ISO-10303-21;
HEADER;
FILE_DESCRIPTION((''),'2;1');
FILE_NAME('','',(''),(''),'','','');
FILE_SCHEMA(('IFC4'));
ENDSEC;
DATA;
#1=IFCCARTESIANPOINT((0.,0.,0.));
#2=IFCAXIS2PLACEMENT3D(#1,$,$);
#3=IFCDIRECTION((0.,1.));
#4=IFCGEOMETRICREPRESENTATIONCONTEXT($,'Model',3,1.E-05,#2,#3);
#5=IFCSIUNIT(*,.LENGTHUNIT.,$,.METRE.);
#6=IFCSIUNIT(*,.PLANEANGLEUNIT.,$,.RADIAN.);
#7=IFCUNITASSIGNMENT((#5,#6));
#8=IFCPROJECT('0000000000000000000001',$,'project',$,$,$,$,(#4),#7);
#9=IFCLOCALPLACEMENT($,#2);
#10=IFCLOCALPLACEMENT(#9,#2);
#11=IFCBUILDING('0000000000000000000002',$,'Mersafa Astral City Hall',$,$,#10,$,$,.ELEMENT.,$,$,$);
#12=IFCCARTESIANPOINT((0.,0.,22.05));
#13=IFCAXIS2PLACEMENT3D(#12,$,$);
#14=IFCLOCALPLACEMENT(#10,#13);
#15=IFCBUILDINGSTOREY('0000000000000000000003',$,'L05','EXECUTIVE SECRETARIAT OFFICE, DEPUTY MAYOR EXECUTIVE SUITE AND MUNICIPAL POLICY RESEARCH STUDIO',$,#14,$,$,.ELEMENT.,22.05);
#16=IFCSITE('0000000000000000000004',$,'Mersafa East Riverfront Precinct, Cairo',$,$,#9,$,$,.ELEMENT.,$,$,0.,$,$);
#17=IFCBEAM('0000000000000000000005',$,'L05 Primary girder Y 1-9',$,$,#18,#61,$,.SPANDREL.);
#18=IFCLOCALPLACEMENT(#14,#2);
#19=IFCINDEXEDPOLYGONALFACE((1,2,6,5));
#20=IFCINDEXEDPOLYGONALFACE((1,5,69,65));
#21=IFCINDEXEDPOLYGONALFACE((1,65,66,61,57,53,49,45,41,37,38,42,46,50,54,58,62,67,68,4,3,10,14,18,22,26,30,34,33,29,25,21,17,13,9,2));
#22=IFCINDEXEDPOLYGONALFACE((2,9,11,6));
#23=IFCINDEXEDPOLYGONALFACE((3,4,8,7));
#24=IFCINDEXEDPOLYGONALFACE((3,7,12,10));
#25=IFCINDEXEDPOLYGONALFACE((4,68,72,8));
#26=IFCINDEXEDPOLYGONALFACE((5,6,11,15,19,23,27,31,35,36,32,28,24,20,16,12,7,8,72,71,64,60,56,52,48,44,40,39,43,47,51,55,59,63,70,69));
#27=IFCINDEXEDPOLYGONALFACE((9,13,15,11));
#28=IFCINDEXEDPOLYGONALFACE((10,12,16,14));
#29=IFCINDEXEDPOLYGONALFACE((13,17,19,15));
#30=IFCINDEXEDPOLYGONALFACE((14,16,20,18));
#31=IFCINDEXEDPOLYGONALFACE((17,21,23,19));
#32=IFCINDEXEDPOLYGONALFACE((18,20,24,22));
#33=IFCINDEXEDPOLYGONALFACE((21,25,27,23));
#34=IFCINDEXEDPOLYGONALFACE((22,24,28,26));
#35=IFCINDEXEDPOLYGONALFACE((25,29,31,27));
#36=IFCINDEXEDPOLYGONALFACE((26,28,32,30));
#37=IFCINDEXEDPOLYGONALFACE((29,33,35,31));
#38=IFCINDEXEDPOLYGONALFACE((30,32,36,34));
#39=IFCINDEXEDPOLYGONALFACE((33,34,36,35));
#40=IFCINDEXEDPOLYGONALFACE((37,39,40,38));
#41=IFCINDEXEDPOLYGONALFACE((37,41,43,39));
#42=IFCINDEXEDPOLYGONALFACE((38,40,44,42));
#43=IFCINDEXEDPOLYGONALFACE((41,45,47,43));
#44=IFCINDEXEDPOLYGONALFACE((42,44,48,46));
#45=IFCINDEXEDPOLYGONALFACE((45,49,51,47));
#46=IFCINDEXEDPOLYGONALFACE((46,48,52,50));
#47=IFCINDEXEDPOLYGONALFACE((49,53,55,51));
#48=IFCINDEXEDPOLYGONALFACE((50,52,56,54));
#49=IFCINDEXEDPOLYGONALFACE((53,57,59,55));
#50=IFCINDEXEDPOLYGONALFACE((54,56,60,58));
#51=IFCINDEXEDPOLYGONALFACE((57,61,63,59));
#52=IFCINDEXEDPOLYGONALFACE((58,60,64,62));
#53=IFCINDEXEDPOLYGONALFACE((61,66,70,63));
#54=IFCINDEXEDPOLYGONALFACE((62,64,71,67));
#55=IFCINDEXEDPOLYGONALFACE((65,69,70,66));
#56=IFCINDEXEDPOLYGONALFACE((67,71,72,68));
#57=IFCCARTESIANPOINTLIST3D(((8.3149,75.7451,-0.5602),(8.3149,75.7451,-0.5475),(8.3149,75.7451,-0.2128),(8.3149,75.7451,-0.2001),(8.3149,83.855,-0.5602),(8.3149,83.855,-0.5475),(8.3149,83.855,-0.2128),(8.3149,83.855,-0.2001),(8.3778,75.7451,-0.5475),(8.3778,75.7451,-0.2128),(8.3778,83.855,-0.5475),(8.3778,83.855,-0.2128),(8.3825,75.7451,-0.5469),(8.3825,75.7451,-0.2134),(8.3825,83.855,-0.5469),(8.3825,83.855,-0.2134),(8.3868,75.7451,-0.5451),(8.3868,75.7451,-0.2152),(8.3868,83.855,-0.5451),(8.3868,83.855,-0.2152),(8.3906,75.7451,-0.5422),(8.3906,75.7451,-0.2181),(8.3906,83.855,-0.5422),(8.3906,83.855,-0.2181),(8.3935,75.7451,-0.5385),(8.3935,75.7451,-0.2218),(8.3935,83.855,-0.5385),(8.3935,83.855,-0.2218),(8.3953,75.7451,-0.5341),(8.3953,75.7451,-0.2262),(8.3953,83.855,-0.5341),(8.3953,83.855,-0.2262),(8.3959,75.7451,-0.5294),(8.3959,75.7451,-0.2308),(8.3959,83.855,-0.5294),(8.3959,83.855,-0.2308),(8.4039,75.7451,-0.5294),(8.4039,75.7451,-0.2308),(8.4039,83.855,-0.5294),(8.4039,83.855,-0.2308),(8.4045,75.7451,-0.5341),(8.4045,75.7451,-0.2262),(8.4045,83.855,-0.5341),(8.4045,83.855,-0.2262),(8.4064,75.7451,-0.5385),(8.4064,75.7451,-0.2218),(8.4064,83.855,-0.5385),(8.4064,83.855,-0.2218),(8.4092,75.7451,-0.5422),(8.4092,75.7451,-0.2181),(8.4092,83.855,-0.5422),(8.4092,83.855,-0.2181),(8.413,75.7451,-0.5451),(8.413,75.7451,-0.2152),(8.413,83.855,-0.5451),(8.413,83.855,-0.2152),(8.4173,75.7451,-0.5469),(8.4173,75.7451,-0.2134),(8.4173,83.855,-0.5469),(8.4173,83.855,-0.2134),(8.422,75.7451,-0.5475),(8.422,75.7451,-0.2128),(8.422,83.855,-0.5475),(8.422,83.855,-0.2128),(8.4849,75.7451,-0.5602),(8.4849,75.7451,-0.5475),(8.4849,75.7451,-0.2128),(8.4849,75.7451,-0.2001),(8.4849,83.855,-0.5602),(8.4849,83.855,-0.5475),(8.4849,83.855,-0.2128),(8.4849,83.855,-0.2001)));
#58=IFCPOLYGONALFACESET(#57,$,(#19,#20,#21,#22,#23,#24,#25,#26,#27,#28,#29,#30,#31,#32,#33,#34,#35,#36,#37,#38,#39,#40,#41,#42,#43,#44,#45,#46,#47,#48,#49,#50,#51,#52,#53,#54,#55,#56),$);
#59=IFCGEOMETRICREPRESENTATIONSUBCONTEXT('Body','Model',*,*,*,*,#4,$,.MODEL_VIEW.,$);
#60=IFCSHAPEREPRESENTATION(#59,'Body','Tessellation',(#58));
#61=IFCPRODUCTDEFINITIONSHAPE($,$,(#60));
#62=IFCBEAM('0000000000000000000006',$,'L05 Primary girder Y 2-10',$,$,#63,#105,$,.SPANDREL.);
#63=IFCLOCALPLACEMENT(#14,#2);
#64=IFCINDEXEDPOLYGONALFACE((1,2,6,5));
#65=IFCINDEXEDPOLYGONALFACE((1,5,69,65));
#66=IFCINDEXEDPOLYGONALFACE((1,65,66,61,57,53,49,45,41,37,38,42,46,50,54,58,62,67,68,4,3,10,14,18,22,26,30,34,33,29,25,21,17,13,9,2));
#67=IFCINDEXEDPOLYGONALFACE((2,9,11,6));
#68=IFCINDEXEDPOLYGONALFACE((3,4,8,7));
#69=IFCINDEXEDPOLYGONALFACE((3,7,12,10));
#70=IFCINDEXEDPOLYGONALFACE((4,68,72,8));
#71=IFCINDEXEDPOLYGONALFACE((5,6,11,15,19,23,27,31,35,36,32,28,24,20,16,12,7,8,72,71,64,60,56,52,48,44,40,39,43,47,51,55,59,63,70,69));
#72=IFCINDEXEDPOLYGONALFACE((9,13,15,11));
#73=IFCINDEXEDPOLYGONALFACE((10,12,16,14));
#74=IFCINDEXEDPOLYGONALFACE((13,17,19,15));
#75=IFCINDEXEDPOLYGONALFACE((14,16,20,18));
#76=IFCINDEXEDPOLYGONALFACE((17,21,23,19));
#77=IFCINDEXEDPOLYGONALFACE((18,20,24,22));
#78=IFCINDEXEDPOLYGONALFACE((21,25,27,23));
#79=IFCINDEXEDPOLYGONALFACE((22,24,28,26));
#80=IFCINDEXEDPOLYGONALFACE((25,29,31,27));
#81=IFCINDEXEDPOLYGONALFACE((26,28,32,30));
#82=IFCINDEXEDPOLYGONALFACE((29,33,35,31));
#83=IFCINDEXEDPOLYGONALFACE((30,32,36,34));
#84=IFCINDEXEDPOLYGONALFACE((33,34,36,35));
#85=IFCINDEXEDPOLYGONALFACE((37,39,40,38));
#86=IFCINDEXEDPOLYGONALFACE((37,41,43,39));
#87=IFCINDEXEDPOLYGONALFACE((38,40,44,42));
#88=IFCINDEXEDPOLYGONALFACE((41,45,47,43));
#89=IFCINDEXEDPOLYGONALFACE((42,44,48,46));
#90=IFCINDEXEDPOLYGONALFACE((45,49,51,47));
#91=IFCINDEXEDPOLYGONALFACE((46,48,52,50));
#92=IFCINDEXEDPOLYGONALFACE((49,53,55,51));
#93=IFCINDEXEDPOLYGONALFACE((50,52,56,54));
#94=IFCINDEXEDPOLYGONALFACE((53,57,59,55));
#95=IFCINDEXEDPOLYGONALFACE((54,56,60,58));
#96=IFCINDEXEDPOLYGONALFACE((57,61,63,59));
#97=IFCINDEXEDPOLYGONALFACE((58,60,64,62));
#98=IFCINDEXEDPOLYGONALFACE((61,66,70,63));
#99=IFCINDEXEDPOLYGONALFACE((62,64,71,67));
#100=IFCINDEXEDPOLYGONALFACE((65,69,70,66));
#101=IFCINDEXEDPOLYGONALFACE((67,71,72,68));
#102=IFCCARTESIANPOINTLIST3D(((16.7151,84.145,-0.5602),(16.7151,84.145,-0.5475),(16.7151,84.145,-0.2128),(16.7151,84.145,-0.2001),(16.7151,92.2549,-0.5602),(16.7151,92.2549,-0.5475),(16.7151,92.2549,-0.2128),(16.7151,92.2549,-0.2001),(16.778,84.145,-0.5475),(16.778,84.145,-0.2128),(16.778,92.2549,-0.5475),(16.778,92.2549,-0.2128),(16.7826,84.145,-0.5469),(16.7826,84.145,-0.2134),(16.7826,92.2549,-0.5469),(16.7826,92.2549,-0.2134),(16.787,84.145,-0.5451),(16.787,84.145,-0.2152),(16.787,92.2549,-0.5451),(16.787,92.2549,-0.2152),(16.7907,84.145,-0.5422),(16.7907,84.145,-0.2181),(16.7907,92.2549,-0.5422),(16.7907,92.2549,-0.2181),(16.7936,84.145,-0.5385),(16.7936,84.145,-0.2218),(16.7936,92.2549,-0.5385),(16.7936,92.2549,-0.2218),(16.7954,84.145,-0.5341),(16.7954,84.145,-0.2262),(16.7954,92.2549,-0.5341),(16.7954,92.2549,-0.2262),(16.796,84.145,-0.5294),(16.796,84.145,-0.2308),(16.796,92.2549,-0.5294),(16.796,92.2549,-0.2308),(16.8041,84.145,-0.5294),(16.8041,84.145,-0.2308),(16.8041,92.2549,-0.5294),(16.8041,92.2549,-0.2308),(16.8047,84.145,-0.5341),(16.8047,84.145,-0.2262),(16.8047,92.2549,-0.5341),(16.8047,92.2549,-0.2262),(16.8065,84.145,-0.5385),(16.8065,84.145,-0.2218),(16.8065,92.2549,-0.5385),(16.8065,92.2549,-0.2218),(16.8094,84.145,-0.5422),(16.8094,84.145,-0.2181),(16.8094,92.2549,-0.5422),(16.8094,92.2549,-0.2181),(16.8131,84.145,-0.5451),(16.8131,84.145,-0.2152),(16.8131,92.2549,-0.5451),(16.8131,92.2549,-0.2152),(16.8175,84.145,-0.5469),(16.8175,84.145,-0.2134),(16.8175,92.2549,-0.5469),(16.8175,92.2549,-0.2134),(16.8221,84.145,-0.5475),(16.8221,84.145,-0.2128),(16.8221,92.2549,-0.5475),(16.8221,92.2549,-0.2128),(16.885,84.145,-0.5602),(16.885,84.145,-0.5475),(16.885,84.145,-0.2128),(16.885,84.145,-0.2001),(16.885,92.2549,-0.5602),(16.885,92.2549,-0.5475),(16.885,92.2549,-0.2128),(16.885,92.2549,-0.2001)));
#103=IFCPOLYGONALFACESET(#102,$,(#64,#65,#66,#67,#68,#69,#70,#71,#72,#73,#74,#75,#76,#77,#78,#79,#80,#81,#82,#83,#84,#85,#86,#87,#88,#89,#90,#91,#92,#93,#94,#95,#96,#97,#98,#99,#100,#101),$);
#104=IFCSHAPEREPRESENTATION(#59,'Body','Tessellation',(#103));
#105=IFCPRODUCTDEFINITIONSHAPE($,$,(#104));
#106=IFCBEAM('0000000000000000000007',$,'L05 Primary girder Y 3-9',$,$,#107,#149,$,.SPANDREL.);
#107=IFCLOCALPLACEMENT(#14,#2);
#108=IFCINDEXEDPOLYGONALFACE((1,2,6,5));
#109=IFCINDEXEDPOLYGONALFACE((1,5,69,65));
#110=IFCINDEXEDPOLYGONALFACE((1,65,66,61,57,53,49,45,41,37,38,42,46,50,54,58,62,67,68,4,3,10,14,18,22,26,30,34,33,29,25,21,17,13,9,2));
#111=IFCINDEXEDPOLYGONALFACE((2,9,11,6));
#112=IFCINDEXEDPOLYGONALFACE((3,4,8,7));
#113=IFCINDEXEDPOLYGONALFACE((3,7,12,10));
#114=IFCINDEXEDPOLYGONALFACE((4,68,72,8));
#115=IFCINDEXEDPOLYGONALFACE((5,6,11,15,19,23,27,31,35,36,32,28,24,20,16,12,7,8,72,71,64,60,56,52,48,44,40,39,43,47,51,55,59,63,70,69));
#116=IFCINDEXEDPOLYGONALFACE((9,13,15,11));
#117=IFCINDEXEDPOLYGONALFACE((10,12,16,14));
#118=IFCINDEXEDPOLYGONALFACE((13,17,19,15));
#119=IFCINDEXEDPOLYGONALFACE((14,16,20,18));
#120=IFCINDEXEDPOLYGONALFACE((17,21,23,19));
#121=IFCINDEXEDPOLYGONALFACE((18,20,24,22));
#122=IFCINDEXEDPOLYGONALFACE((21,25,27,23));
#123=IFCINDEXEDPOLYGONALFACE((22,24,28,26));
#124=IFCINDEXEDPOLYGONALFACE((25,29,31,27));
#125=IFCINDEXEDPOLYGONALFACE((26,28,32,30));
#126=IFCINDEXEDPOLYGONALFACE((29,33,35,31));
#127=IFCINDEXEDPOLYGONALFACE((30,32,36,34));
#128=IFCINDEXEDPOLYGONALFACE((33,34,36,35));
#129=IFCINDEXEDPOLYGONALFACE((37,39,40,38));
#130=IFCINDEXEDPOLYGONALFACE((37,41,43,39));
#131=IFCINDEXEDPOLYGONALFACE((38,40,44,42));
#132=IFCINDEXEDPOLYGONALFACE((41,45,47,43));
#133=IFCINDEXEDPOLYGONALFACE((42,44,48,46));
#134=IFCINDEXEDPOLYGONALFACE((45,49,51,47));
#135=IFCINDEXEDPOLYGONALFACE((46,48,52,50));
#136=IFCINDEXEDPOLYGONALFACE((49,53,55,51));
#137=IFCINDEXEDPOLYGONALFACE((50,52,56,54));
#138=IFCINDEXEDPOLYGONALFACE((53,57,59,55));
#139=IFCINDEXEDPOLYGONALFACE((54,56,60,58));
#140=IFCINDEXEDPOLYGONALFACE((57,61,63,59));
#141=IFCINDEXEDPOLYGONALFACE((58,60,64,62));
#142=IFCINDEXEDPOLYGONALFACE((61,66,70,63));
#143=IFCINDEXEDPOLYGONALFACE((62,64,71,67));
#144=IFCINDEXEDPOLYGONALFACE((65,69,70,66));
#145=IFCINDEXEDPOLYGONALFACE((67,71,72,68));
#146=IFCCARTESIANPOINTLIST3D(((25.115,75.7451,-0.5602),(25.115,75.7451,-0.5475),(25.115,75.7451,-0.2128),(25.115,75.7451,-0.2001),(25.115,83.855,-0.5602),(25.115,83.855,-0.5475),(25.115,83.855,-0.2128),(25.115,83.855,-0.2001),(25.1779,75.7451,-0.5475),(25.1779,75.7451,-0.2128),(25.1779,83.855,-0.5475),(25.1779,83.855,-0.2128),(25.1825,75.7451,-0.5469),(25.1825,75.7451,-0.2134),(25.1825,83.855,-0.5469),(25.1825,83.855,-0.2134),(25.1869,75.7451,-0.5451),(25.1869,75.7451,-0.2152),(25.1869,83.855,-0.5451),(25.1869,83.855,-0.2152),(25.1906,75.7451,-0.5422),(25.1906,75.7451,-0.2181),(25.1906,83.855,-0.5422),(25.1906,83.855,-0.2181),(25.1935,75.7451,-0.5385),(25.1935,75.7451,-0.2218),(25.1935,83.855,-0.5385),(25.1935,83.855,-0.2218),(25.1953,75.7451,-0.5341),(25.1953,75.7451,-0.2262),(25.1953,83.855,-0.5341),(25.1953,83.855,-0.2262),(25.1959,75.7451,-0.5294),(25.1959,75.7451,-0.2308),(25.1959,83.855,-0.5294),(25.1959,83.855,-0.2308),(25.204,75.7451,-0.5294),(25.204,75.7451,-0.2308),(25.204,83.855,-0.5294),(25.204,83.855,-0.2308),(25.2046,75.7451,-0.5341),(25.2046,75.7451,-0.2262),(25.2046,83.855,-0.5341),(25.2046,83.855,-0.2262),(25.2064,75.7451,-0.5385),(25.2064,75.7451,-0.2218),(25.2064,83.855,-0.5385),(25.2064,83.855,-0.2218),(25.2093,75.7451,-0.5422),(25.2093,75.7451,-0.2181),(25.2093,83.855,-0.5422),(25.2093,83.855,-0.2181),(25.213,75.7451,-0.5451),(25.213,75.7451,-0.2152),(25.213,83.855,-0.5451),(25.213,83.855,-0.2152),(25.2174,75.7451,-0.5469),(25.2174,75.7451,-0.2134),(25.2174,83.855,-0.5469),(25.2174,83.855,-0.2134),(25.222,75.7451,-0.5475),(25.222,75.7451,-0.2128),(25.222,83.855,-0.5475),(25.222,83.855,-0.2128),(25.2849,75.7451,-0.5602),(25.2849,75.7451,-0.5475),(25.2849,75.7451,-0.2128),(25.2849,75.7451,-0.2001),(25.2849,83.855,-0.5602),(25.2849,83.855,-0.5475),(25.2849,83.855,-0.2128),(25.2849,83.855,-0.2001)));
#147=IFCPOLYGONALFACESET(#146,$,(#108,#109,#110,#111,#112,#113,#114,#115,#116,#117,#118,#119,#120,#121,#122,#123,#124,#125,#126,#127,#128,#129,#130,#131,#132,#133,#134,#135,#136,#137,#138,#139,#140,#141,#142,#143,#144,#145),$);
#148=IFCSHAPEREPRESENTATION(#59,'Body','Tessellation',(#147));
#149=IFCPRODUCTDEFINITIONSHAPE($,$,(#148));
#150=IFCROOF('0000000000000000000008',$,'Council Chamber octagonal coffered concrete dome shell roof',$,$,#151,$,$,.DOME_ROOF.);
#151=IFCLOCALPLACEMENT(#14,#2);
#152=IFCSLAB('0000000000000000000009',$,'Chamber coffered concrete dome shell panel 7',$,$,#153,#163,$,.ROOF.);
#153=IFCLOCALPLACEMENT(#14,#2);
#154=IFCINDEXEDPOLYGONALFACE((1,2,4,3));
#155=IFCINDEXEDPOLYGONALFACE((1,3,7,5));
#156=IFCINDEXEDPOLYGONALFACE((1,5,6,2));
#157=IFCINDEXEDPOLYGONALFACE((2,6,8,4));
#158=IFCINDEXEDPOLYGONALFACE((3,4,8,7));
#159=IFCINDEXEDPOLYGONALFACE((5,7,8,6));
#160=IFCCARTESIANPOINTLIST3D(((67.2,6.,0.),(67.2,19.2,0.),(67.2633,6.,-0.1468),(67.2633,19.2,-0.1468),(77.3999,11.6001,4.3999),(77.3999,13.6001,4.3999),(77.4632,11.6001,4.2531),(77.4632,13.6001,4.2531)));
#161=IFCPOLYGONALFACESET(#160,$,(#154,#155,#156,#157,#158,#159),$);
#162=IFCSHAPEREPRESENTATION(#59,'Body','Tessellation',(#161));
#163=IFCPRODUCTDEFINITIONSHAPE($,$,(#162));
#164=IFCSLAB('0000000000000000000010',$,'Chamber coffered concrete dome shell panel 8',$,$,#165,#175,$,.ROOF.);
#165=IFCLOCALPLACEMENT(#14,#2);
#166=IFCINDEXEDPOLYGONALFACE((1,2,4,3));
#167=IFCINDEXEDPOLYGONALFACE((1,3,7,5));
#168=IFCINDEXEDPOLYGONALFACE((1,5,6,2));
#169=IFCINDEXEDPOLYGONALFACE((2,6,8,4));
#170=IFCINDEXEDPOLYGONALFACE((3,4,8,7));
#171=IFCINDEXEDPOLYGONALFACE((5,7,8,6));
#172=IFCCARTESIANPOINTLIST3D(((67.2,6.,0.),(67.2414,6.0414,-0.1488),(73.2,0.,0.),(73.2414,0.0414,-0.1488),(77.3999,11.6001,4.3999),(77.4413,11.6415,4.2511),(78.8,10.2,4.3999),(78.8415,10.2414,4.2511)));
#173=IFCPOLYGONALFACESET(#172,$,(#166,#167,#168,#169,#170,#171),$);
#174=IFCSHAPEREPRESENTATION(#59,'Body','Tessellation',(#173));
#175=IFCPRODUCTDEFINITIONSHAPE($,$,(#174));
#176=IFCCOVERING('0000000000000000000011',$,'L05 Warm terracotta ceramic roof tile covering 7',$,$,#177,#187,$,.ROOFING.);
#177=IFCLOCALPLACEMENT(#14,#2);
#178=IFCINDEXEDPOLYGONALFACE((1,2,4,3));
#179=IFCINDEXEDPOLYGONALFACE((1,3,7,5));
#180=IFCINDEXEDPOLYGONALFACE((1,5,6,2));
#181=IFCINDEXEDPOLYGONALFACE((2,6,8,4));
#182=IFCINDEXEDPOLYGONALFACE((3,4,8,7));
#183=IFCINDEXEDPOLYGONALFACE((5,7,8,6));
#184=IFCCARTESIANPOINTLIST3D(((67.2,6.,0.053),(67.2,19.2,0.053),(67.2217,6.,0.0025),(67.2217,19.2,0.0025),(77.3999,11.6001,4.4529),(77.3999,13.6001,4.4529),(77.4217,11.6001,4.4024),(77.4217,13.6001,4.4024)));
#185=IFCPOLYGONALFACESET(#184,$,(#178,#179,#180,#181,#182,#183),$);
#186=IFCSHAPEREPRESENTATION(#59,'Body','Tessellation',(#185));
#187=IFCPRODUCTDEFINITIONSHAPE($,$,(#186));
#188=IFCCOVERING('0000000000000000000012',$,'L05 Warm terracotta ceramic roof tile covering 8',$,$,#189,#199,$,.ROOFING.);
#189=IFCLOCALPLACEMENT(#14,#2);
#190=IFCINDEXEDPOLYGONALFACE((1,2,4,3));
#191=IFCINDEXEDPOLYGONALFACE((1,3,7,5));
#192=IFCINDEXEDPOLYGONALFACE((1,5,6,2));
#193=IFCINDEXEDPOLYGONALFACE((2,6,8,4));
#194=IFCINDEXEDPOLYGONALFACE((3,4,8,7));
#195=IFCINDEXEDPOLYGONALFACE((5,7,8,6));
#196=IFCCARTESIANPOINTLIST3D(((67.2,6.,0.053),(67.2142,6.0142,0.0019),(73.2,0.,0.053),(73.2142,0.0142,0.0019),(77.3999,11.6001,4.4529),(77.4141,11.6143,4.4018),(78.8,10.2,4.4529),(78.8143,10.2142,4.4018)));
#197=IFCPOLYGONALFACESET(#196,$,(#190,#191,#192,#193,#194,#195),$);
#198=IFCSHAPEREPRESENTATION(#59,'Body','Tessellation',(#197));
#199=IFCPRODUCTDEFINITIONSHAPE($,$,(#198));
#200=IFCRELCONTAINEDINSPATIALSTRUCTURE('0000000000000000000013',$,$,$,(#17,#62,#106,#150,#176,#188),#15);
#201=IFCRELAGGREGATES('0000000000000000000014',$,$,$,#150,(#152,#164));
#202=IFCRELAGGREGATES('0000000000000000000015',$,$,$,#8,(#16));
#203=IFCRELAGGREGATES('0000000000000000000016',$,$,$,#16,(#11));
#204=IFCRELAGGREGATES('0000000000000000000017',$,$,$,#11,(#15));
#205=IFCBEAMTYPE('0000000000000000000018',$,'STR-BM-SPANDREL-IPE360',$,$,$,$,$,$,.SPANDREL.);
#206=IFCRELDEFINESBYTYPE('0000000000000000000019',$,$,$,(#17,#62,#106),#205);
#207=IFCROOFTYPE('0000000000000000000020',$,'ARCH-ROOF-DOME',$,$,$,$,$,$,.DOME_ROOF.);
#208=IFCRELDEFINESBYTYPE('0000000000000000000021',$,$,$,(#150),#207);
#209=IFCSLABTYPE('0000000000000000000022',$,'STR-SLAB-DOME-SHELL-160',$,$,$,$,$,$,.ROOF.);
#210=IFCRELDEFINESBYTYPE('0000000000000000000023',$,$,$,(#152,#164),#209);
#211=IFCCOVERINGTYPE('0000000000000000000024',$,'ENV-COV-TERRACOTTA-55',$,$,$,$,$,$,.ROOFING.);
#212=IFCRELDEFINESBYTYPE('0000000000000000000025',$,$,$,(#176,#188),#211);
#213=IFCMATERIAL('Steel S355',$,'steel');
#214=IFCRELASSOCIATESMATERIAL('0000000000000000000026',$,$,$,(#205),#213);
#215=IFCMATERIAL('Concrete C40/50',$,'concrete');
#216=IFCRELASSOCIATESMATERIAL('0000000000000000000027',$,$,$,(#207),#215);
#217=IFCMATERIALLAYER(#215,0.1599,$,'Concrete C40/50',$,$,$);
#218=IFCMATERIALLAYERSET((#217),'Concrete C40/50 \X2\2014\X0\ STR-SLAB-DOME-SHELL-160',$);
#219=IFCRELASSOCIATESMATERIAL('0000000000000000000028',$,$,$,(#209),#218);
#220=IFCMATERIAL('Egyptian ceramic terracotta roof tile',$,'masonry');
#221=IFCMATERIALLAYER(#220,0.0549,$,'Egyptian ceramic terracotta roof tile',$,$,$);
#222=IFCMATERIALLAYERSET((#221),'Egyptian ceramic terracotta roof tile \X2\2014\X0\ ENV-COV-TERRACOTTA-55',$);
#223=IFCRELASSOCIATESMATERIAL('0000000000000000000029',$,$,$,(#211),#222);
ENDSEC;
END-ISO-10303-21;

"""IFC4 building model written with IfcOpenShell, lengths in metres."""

from ifc_helpers import new_model, si_unit, direction, frame, origin, origin_2d, place, context, subcontext, project, spatial, polyline, i_section, outline, extrude, material, layer, layer_set, material_profile, profile_set, type_object, element, aggregate, save


model = new_model("IFC4")

# Units and contexts
model_context = context("Model", 3, precision=1e-05, world=origin(), true_north=direction((0.0, 1.0)))
body_context = subcontext(model_context, "Body", "Model", "MODEL_VIEW")
ifc_project = project(units=[si_unit("LENGTHUNIT", "METRE"), si_unit("PLANEANGLEUNIT", "RADIAN")], contexts=[model_context])

# Site, building, storey
site_placement = place(None, origin())
site = spatial("IfcSite", under=ifc_project, at=site_placement, Name="Mersafa East Riverfront Precinct, Cairo", CompositionType="ELEMENT", RefElevation=0.0)
building_placement = place(site_placement, origin())
building = spatial("IfcBuilding", under=site, at=building_placement, Name="Mersafa Astral City Hall", CompositionType="ELEMENT")
storey_placement = place(building_placement, frame((0.0, 0.0, 22.05)))
storey = spatial("IfcBuildingStorey", under=building, at=storey_placement, Name="L05", Description="EXECUTIVE SECRETARIAT OFFICE, DEPUTY MAYOR EXECUTIVE SUITE AND MUNICIPAL POLICY RESEARCH STUDIO", CompositionType="ELEMENT", Elevation=22.05)

# Beams
ifc_material_1 = material(Name="Steel S355", Category="steel")
ifc_material_2 = material(Name="Concrete C40/50", Category="concrete")
ifc_material_profile_1 = material_profile(ifc_material_1, i_section(OverallWidth=0.1699, OverallDepth=0.3601, WebThickness=0.0081, FlangeThickness=0.0127, FilletRadius=0.0181, at=origin_2d()), Name="IPE 360")
ifc_profile_set_1 = profile_set([ifc_material_profile_1], Name="Steel S355")
beam_type_1 = type_object("IfcBeamType", Name="STR-BM-SPANDREL-IPE360", PredefinedType="SPANDREL", material=ifc_profile_set_1)
for number, where, z_axis, x_axis, name in (
    (1, (8.3999, 75.7451, -0.3801), (0.0, 1.0, 0.0), (-1.0, 0.0, 0.0), "L05 Primary girder Y 1-9"),
    (2, (16.8, 84.145, -0.3801), (0.0, 1.0, 0.0), (-1.0, 0.0, 0.0), "L05 Primary girder Y 2-10"),
    (3, (25.2, 75.7451, -0.3801), (0.0, 1.0, 0.0), (-1.0, 0.0, 0.0), "L05 Primary girder Y 3-9"),
):
    element("IfcBeam", number, at=place(storey_placement, frame(where, z_axis=z_axis, x_axis=x_axis)), inside=storey, type_object=beam_type_1, Name=name, PredefinedType="SPANDREL", context=body_context, shape_type="SweptSolid", body=[
        extrude(i_section(OverallWidth=0.1699, OverallDepth=0.3601, WebThickness=0.0081, FlangeThickness=0.0127, FilletRadius=0.0181, at=origin_2d()), origin(), (0.0, 0.0, 1.0), 8.1099),
    ])

# Roof, slabs
roof_type = type_object("IfcRoofType", Name="ARCH-ROOF-DOME", PredefinedType="DOME_ROOF", material=ifc_material_2)
roof_placement = place(storey_placement, origin())
roof = element("IfcRoof", 4, at=roof_placement, inside=storey, type_object=roof_type, Name="Council Chamber octagonal coffered concrete dome shell roof", PredefinedType="DOME_ROOF")
ifc_layer_1 = layer(ifc_material_2, 0.1599, Name="Concrete C40/50")
ifc_layer_set_1 = layer_set([ifc_layer_1], Name="Concrete C40/50 — STR-SLAB-DOME-SHELL-160")
slab_type = type_object("IfcSlabType", Name="STR-SLAB-DOME-SHELL-160", PredefinedType="ROOF", material=ifc_layer_set_1)
slab_1_placement = place(storey_placement, frame((67.2, 19.2, 0.0), z_axis=(-0.396085, 0.0, 0.918214), x_axis=(0.0, -1.0, 0.0)))
slab_1 = element("IfcSlab", 5, at=slab_1_placement, type_object=slab_type, Name="Chamber coffered concrete dome shell panel 7", PredefinedType="ROOF", context=body_context, shape_type="SweptSolid", body=[
    extrude(outline(polyline([(0.0, 0.0), (13.2, 0.0), (7.5999, 11.1085), (5.5999, 11.1085), (0.0, 0.0)])), origin(), (0.0, 0.0, -1.0), 0.1599),
])
slab_2_placement = place(storey_placement, frame((67.2, 6.0, 0.0), z_axis=(-0.259105, -0.259105, 0.930446), x_axis=(0.707107, -0.707107, 0.0)))
slab_2 = element("IfcSlab", 6, at=slab_2_placement, type_object=slab_type, Name="Chamber coffered concrete dome shell panel 8", PredefinedType="ROOF", context=body_context, shape_type="SweptSolid", body=[
    extrude(outline(polyline([(0.0, 0.0), (8.4853, 0.0), (5.2327, 12.0075), (3.2526, 12.0075), (0.0, 0.0)])), origin(), (0.0, 0.0, -1.0), 0.1599),
])
aggregate(roof, [slab_1, slab_2])

# Coverings
ifc_material_3 = material(Name="Egyptian ceramic terracotta roof tile", Category="masonry")
ifc_layer_2 = layer(ifc_material_3, 0.0549, Name="Egyptian ceramic terracotta roof tile")
ifc_layer_set_2 = layer_set([ifc_layer_2], Name="Egyptian ceramic terracotta roof tile — ENV-COV-TERRACOTTA-55")
covering_type = type_object("IfcCoveringType", Name="ENV-COV-TERRACOTTA-55", PredefinedType="ROOFING", material=ifc_layer_set_2)
covering_1_placement = place(storey_placement, frame((67.2, 19.2, 0.053), z_axis=(-0.396085, 0.0, 0.918214), x_axis=(0.0, -1.0, 0.0)))
element("IfcCovering", 7, at=covering_1_placement, inside=storey, type_object=covering_type, Name="L05 Warm terracotta ceramic roof tile covering 7", PredefinedType="ROOFING", context=body_context, shape_type="SweptSolid", body=[
    extrude(outline(polyline([(0.0, 0.0), (13.2, 0.0), (7.5999, 11.1085), (5.5999, 11.1085), (0.0, 0.0)])), origin(), (0.0, 0.0, -1.0), 0.0549),
])
covering_2_placement = place(storey_placement, frame((67.2, 6.0, 0.053), z_axis=(-0.259105, -0.259105, 0.930446), x_axis=(0.707107, -0.707107, 0.0)))
element("IfcCovering", 8, at=covering_2_placement, inside=storey, type_object=covering_type, Name="L05 Warm terracotta ceramic roof tile covering 8", PredefinedType="ROOFING", context=body_context, shape_type="SweptSolid", body=[
    extrude(outline(polyline([(0.0, 0.0), (8.4853, 0.0), (5.2327, 12.0075), (3.2526, 12.0075), (0.0, 0.0)])), origin(), (0.0, 0.0, -1.0), 0.0549),
])

save(model, "model.ifc")
